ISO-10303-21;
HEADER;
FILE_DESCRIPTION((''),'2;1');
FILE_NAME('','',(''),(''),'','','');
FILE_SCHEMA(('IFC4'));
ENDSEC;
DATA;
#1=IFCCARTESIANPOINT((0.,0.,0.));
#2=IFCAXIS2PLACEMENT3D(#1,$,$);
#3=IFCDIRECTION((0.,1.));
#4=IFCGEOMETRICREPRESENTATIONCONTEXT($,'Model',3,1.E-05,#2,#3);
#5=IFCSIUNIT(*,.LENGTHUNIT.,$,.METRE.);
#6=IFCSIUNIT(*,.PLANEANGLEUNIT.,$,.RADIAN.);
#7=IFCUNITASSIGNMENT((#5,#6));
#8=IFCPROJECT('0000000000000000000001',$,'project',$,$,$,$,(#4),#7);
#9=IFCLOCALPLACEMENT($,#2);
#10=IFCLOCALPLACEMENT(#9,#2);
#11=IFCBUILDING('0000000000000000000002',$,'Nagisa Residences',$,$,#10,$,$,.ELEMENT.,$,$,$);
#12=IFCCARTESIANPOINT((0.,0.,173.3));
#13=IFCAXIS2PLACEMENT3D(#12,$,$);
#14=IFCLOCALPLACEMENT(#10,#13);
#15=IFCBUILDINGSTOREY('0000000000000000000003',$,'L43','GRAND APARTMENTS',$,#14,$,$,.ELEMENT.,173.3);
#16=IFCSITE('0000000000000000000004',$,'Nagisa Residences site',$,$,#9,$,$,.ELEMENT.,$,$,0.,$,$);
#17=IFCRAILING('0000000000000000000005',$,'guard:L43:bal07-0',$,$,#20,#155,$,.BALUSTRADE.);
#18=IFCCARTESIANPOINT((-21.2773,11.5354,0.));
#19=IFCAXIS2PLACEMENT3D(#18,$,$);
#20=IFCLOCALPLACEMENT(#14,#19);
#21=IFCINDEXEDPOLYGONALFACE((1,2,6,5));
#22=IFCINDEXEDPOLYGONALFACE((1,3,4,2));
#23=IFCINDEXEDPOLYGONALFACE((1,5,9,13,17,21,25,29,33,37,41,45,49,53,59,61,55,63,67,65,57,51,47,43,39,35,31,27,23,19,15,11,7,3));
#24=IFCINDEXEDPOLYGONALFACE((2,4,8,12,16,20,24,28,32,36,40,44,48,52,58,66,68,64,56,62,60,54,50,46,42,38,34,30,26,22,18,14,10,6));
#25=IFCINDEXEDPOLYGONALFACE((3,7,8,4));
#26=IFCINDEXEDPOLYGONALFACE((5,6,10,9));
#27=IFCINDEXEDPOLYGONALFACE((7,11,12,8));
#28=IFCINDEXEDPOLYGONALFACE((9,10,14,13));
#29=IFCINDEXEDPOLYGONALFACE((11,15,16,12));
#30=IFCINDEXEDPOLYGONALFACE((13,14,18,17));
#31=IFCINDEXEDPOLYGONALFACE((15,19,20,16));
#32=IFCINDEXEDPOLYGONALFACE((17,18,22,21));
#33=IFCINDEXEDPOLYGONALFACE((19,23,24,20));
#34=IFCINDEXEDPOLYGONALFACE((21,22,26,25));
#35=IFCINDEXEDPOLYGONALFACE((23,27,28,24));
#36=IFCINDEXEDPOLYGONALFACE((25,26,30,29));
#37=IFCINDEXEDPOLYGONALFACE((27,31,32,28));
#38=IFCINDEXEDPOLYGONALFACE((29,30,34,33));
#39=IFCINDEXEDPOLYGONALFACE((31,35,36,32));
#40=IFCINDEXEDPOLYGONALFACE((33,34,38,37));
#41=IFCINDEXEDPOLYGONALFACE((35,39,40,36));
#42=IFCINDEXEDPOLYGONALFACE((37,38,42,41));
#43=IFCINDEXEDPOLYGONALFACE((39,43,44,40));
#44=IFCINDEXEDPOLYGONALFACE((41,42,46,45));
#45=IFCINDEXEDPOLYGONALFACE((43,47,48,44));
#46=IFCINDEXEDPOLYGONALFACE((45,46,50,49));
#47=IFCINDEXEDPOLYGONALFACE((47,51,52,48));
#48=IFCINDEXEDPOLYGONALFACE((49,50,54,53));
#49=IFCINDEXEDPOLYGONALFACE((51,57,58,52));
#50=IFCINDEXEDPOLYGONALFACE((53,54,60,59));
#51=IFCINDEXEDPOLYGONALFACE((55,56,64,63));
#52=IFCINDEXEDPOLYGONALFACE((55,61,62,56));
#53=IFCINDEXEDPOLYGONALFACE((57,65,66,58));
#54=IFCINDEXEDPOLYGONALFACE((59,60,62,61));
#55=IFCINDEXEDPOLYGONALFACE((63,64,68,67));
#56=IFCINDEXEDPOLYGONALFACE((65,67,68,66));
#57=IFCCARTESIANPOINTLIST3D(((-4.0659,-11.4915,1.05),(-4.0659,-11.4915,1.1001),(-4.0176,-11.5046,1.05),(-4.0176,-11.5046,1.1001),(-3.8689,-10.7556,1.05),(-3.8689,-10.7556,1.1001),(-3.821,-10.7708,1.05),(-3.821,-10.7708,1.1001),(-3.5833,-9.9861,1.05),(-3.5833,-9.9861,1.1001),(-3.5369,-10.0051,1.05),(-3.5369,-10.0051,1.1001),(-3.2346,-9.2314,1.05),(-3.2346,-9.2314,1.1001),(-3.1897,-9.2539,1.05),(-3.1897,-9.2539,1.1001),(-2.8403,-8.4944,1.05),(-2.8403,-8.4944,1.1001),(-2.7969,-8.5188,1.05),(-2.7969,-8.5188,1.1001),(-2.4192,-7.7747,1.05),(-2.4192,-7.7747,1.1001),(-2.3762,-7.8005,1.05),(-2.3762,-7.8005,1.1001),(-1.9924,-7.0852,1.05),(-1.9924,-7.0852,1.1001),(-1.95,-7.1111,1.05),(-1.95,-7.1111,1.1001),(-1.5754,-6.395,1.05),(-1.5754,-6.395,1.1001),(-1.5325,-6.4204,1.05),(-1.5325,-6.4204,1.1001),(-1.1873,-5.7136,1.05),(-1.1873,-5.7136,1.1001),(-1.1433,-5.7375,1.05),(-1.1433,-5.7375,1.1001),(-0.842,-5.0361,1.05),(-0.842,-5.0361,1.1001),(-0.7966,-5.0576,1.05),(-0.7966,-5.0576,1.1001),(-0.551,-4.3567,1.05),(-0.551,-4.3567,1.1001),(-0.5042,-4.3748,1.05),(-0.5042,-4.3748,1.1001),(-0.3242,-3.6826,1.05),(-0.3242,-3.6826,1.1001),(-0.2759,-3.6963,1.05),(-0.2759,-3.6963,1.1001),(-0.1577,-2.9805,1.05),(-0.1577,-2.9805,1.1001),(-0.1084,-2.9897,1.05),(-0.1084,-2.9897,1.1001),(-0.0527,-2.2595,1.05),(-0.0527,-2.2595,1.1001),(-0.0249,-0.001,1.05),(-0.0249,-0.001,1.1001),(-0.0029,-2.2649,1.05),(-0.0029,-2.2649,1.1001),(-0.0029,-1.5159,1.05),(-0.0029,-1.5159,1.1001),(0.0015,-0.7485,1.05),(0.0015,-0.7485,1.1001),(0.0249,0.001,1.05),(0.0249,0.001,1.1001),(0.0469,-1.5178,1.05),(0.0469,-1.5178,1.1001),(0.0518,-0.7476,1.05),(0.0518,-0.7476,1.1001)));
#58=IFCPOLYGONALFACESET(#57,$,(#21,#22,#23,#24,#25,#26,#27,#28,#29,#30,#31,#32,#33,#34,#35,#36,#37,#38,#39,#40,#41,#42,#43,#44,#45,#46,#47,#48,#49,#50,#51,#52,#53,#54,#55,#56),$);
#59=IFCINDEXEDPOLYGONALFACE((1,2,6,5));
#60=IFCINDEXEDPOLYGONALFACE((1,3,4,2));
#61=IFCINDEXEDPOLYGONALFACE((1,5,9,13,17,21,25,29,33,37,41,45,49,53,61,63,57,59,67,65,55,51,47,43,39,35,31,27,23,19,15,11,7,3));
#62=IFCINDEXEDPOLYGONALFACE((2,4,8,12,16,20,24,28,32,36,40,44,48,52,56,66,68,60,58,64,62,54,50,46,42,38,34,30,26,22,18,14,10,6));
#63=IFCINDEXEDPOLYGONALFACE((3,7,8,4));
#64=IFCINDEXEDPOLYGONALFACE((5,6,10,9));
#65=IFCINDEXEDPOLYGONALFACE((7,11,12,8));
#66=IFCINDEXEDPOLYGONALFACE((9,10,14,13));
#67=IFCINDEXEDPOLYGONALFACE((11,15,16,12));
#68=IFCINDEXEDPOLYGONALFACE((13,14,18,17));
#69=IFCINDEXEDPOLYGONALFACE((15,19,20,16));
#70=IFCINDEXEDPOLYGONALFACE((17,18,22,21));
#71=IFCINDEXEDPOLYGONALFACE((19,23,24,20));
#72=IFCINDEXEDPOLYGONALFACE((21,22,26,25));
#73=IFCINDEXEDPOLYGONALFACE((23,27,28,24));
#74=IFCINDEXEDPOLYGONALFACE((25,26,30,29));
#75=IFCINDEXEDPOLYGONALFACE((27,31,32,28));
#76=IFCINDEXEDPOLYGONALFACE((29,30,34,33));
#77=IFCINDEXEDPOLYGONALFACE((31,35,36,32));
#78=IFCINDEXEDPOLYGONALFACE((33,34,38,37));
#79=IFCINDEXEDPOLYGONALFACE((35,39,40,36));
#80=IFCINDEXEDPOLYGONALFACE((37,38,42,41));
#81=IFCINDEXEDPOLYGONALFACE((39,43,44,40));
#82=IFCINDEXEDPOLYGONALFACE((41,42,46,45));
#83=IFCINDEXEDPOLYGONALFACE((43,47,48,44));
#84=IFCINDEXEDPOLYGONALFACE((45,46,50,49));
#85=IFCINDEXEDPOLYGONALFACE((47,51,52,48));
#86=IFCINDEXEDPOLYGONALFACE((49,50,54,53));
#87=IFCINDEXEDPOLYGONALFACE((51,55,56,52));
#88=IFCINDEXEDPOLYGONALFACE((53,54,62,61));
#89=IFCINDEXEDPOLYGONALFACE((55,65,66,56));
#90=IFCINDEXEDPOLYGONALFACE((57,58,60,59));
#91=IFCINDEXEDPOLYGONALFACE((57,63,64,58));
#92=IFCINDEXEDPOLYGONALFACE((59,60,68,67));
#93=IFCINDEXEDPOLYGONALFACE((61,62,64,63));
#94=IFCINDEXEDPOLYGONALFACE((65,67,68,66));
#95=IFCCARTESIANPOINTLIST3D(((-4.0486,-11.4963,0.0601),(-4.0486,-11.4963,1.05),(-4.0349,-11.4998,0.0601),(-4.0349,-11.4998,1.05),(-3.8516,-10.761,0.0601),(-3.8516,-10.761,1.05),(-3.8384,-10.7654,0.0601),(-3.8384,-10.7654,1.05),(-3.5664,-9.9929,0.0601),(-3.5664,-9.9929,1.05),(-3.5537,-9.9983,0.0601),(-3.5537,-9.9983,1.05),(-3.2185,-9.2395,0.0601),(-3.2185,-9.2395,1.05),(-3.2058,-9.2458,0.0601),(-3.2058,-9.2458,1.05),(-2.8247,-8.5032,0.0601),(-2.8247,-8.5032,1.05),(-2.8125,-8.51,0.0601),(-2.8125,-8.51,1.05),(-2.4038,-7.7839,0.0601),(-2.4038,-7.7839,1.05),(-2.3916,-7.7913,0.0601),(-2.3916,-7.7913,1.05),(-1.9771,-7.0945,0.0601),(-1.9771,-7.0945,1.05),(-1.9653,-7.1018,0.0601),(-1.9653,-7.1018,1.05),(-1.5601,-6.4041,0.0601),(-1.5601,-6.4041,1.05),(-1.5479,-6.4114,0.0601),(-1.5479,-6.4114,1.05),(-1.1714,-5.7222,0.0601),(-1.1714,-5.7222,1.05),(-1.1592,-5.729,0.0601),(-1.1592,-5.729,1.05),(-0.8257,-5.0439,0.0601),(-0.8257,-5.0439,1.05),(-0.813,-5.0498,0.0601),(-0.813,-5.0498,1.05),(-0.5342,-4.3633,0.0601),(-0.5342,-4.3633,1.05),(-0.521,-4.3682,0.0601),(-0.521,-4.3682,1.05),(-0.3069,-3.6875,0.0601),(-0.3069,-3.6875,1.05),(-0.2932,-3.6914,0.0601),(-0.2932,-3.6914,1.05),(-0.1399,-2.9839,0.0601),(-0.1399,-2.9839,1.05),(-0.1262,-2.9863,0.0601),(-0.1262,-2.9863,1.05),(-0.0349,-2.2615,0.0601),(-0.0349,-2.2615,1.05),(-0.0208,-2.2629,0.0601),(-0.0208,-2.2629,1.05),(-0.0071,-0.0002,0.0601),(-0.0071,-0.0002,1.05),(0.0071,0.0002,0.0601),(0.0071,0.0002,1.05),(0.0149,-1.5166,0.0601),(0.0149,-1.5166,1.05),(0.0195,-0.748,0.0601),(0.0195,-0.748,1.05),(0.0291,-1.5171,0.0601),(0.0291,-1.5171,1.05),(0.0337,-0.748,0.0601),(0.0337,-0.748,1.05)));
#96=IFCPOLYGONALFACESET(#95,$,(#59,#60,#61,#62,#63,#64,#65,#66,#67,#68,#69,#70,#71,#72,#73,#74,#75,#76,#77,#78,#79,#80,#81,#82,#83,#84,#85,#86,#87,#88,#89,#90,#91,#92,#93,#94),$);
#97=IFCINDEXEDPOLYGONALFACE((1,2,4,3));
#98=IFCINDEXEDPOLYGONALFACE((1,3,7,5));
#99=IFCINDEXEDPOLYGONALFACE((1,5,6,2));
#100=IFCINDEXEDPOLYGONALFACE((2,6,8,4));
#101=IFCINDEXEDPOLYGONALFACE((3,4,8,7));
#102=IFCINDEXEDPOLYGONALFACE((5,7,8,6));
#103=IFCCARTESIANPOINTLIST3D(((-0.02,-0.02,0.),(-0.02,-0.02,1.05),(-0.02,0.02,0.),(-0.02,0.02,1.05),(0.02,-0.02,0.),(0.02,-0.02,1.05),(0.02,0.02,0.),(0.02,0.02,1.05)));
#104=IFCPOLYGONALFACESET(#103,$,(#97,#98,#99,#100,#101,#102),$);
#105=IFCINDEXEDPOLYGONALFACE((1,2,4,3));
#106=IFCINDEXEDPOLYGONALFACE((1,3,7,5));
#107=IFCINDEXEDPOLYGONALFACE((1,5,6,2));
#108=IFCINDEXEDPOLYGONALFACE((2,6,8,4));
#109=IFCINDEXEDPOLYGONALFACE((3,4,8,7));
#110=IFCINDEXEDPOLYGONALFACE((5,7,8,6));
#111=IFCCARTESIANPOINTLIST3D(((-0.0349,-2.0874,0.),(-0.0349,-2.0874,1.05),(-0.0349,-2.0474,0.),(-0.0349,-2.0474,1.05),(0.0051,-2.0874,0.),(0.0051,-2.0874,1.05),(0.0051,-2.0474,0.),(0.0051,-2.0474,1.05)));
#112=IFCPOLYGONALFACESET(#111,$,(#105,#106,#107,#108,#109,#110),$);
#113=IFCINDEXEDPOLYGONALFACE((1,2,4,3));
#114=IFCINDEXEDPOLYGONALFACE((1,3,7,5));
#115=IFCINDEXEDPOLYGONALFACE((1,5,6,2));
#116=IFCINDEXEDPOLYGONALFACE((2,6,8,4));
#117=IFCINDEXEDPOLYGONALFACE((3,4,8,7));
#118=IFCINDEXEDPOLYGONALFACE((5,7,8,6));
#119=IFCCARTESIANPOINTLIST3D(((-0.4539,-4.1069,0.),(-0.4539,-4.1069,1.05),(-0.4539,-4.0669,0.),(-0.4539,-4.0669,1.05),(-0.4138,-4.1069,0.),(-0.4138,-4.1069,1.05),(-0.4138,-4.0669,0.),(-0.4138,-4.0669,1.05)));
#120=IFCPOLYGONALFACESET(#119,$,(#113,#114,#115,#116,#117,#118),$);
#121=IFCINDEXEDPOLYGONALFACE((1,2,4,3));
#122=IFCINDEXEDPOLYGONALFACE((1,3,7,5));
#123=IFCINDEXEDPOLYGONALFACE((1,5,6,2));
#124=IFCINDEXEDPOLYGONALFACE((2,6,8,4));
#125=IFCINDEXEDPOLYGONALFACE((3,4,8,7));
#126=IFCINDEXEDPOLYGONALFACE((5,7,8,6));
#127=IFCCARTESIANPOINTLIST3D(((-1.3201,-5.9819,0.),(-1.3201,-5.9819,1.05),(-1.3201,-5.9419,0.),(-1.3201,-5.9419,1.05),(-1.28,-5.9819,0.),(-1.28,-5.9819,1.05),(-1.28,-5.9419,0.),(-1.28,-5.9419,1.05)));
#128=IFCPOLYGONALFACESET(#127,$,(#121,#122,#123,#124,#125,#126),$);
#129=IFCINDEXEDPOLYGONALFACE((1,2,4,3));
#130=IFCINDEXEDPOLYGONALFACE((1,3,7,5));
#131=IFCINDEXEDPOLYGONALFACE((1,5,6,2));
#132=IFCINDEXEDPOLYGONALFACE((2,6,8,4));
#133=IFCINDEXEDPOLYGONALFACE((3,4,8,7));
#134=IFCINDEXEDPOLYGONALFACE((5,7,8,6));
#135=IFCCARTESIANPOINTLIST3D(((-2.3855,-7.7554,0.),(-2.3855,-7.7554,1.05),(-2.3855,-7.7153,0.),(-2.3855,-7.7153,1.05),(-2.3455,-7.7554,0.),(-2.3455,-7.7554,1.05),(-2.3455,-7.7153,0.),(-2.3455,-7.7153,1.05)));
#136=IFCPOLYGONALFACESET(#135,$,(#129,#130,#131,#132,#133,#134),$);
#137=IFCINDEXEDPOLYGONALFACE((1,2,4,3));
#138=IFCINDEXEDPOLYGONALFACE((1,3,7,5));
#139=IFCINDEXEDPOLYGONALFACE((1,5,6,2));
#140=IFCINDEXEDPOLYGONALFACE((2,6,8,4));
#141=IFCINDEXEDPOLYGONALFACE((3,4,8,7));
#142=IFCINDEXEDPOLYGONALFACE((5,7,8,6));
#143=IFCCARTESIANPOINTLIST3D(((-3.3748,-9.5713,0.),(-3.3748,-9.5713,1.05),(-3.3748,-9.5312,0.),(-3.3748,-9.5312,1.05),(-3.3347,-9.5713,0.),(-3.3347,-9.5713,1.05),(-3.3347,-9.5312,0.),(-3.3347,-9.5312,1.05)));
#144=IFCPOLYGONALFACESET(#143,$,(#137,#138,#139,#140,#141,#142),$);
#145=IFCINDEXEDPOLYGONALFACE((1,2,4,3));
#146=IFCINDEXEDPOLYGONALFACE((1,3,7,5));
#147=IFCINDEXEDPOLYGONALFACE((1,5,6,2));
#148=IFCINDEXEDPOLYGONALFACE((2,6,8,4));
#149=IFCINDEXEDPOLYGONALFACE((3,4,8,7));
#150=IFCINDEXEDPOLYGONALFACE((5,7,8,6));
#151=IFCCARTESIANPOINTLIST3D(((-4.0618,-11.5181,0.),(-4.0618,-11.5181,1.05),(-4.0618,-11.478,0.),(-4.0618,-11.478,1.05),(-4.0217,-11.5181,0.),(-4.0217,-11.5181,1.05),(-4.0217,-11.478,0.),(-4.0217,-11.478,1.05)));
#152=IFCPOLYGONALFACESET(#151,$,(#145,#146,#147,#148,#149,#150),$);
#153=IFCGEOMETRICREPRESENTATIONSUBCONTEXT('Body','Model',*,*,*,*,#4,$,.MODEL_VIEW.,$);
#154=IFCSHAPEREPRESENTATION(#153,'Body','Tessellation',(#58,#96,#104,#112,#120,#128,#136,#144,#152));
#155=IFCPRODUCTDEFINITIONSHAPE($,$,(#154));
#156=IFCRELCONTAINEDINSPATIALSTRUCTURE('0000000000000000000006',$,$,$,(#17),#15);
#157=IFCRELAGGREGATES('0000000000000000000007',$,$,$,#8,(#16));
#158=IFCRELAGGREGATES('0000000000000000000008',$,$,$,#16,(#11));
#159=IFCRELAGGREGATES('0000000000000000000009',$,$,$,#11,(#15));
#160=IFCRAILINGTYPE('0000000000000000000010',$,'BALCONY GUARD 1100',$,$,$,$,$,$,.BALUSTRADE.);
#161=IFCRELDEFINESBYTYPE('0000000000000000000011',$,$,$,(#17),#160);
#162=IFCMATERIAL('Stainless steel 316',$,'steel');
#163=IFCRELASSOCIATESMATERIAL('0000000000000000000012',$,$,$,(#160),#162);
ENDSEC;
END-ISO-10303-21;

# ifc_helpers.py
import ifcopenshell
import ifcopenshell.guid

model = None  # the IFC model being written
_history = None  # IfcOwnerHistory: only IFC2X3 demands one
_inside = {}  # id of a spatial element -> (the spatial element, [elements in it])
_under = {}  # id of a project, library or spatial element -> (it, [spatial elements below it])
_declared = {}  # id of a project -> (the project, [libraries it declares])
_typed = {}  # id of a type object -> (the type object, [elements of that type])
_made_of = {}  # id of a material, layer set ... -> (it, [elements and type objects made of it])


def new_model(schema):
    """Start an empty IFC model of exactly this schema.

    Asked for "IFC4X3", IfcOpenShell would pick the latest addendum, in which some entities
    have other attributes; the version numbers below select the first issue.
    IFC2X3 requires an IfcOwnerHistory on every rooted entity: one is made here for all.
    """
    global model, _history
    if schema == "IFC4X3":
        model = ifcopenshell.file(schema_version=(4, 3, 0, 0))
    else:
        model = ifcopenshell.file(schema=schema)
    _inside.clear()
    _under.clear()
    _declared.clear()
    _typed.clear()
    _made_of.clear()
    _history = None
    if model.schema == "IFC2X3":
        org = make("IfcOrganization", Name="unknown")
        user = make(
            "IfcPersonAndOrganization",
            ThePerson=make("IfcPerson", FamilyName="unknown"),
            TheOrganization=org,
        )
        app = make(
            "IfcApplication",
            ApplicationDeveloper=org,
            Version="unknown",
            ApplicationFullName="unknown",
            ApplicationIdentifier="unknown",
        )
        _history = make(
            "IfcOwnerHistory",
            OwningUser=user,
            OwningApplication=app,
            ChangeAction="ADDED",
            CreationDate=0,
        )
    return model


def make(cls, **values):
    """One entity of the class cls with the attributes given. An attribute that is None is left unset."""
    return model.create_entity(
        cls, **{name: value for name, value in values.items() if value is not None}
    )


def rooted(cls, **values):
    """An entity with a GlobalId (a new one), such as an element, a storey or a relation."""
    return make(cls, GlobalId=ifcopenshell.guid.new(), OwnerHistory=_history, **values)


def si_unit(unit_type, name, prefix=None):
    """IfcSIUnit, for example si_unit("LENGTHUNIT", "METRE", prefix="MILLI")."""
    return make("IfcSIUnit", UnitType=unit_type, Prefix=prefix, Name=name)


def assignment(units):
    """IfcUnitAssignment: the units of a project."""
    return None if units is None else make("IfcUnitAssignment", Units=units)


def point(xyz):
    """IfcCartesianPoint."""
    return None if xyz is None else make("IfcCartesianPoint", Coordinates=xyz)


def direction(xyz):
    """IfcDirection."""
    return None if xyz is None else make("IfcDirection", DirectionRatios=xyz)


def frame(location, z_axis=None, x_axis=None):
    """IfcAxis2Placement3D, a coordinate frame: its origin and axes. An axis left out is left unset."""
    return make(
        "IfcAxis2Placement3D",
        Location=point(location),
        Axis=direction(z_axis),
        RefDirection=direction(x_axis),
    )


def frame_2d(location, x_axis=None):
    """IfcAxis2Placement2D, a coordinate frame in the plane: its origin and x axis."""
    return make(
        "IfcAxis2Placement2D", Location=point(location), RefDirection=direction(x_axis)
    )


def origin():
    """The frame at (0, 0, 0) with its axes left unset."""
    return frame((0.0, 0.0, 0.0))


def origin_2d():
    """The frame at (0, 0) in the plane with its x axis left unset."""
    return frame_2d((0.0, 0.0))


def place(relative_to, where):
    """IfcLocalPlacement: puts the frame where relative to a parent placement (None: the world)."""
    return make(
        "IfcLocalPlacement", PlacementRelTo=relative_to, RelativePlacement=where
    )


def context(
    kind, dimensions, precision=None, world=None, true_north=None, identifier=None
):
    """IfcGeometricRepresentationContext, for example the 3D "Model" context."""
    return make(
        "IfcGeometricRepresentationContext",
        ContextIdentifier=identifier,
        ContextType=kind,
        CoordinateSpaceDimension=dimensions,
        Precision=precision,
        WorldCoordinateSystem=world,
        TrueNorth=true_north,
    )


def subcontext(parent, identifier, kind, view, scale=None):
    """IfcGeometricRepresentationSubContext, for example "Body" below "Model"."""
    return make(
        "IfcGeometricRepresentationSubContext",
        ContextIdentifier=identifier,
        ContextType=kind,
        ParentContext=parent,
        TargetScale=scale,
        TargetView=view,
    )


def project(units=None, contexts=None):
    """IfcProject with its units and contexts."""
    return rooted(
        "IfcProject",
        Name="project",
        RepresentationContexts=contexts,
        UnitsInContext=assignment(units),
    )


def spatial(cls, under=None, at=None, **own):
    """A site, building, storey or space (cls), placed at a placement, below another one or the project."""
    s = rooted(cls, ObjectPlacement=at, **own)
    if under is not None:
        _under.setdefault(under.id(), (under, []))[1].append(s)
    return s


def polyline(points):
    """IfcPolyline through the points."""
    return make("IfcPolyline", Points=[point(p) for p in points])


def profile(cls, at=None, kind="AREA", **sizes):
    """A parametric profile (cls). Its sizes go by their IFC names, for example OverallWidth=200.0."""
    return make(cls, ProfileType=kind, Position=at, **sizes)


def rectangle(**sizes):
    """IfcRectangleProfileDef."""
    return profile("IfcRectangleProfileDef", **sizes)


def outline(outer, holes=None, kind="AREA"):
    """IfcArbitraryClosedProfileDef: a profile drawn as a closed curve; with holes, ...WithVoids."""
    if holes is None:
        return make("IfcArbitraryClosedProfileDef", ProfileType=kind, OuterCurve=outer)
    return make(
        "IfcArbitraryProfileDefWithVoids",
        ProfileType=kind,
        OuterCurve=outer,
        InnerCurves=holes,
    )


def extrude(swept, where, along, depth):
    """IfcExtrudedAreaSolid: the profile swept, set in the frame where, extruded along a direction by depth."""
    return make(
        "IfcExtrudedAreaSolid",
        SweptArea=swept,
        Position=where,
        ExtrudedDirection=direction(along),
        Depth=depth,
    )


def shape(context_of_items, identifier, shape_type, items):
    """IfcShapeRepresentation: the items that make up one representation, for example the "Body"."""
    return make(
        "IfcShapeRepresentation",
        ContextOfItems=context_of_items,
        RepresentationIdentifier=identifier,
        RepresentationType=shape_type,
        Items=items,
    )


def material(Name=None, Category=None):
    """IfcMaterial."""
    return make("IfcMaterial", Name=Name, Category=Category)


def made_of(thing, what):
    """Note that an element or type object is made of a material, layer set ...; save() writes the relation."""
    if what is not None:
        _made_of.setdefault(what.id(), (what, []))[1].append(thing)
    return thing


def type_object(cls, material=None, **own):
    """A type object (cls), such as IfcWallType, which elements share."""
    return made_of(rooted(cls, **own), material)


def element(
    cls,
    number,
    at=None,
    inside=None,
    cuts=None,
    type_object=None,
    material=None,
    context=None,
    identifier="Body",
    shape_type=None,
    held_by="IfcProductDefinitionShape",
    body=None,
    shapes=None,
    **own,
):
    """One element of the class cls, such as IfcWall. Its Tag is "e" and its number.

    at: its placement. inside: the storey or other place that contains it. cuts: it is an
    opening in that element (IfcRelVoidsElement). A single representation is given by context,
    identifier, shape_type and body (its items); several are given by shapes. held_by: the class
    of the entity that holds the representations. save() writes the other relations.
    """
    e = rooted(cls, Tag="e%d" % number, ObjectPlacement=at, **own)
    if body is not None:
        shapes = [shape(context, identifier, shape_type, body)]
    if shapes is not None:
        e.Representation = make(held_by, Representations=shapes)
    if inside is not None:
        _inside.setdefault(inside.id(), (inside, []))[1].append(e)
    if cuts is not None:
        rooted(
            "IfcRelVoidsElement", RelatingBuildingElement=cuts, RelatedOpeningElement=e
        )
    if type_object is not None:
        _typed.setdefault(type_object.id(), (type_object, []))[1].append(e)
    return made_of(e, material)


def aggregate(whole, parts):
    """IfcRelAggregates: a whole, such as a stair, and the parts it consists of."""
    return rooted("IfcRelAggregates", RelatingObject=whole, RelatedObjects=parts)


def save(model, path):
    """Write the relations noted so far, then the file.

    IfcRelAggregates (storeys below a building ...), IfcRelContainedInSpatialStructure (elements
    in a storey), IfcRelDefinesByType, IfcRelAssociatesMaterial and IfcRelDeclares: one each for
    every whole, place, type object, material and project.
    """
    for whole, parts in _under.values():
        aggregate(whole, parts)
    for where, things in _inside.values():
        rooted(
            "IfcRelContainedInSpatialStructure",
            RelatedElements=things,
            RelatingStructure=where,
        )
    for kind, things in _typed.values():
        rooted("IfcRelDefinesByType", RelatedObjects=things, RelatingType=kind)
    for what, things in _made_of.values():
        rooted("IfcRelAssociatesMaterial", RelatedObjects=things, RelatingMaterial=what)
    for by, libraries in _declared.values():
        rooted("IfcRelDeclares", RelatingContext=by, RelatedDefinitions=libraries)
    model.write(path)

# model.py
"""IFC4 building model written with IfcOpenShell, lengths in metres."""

from ifc_helpers import new_model, si_unit, direction, frame, origin, origin_2d, place, context, subcontext, project, spatial, polyline, rectangle, outline, extrude, material, type_object, element, save


model = new_model("IFC4")

# Units and contexts
model_context = context("Model", 3, precision=1e-05, world=origin(), true_north=direction((0.0, 1.0)))
body_context = subcontext(model_context, "Body", "Model", "MODEL_VIEW")
ifc_project = project(units=[si_unit("LENGTHUNIT", "METRE"), si_unit("PLANEANGLEUNIT", "RADIAN")], contexts=[model_context])

# Site, building, storey
site_placement = place(None, origin())
site = spatial("IfcSite", under=ifc_project, at=site_placement, Name="Nagisa Residences site", CompositionType="ELEMENT", RefElevation=0.0)
building_placement = place(site_placement, origin())
building = spatial("IfcBuilding", under=site, at=building_placement, Name="Nagisa Residences", CompositionType="ELEMENT")
storey_placement = place(building_placement, frame((0.0, 0.0, 173.3)))
storey = spatial("IfcBuildingStorey", under=building, at=storey_placement, Name="L43", Description="GRAND APARTMENTS", CompositionType="ELEMENT", Elevation=173.3)

# Railing
ifc_material_1 = material(Name="Stainless steel 316", Category="steel")
railing_type = type_object("IfcRailingType", Name="BALCONY GUARD 1100", PredefinedType="BALUSTRADE", material=ifc_material_1)
railing_placement = place(storey_placement, frame((-21.2773, 11.5354, 0.0)))
element("IfcRailing", 1, at=railing_placement, inside=storey, type_object=railing_type, Name="guard:L43:bal07-0", PredefinedType="BALUSTRADE", context=body_context, shape_type="SweptSolid", body=[
    extrude(outline(polyline([(0.0518, -0.7476), (0.0249, 0.001), (-0.0249, -0.001), (0.0015, -0.7485), (-0.0029, -1.5159), (-0.0527, -2.2595), (-0.1577, -2.9805), (-0.3242, -3.6826), (-0.551, -4.3567), (-0.842, -5.0361), (-1.1873, -5.7136), (-1.5754, -6.395), (-1.9924, -7.0852), (-2.4192, -7.7747), (-2.8403, -8.4944), (-3.2346, -9.2314), (-3.5833, -9.9861), (-3.8689, -10.7556), (-4.0659, -11.4915), (-4.0176, -11.5046), (-3.821, -10.7708), (-3.5369, -10.0051), (-3.1897, -9.2539), (-2.7969, -8.5188), (-2.3762, -7.8005), (-1.95, -7.1111), (-1.5325, -6.4204), (-1.1433, -5.7375), (-0.7966, -5.0576), (-0.5042, -4.3748), (-0.2759, -3.6963), (-0.1084, -2.9897), (-0.0029, -2.2649), (0.0469, -1.5178), (0.0518, -0.7476)])), frame((0.0, 0.0, 1.05)), (0.0, 0.0, 1.0), 0.05),
    extrude(outline(polyline([(0.0337, -0.748), (0.0071, 0.0002), (-0.0071, -0.0002), (0.0195, -0.748), (0.0149, -1.5166), (-0.0349, -2.2615), (-0.1399, -2.9839), (-0.3069, -3.6875), (-0.5342, -4.3633), (-0.8257, -5.0439), (-1.1714, -5.7222), (-1.5601, -6.4041), (-1.9771, -7.0945), (-2.4038, -7.7839), (-2.8247, -8.5032), (-3.2185, -9.2395), (-3.5664, -9.9929), (-3.8516, -10.761), (-4.0486, -11.4963), (-4.0349, -11.4998), (-3.8384, -10.7654), (-3.5537, -9.9983), (-3.2058, -9.2458), (-2.8125, -8.51), (-2.3916, -7.7913), (-1.9653, -7.1018), (-1.5479, -6.4114), (-1.1592, -5.729), (-0.813, -5.0498), (-0.521, -4.3682), (-0.2932, -3.6914), (-0.1262, -2.9863), (-0.0208, -2.2629), (0.0291, -1.5171), (0.0337, -0.748)])), frame((0.0, 0.0, 0.0601)), (0.0, 0.0, 1.0), 0.99),
    extrude(rectangle(XDim=0.04, YDim=0.04, at=origin_2d()), origin(), (0.0, 0.0, 1.0), 1.05),
    extrude(rectangle(XDim=0.04, YDim=0.04, at=origin_2d()), frame((-0.0149, -2.0674, 0.0)), (0.0, 0.0, 1.0), 1.05),
    extrude(rectangle(XDim=0.04, YDim=0.04, at=origin_2d()), frame((-0.4338, -4.0869, 0.0)), (0.0, 0.0, 1.0), 1.05),
    extrude(rectangle(XDim=0.04, YDim=0.04, at=origin_2d()), frame((-1.3, -5.9619, 0.0)), (0.0, 0.0, 1.0), 1.05),
    extrude(rectangle(XDim=0.04, YDim=0.04, at=origin_2d()), frame((-2.3655, -7.7354, 0.0)), (0.0, 0.0, 1.0), 1.05),
    extrude(rectangle(XDim=0.04, YDim=0.04, at=origin_2d()), frame((-3.3547, -9.5513, 0.0)), (0.0, 0.0, 1.0), 1.05),
    extrude(rectangle(XDim=0.04, YDim=0.04, at=origin_2d()), frame((-4.0417, -11.498, 0.0)), (0.0, 0.0, 1.0), 1.05),
])

save(model, "model.ifc")
